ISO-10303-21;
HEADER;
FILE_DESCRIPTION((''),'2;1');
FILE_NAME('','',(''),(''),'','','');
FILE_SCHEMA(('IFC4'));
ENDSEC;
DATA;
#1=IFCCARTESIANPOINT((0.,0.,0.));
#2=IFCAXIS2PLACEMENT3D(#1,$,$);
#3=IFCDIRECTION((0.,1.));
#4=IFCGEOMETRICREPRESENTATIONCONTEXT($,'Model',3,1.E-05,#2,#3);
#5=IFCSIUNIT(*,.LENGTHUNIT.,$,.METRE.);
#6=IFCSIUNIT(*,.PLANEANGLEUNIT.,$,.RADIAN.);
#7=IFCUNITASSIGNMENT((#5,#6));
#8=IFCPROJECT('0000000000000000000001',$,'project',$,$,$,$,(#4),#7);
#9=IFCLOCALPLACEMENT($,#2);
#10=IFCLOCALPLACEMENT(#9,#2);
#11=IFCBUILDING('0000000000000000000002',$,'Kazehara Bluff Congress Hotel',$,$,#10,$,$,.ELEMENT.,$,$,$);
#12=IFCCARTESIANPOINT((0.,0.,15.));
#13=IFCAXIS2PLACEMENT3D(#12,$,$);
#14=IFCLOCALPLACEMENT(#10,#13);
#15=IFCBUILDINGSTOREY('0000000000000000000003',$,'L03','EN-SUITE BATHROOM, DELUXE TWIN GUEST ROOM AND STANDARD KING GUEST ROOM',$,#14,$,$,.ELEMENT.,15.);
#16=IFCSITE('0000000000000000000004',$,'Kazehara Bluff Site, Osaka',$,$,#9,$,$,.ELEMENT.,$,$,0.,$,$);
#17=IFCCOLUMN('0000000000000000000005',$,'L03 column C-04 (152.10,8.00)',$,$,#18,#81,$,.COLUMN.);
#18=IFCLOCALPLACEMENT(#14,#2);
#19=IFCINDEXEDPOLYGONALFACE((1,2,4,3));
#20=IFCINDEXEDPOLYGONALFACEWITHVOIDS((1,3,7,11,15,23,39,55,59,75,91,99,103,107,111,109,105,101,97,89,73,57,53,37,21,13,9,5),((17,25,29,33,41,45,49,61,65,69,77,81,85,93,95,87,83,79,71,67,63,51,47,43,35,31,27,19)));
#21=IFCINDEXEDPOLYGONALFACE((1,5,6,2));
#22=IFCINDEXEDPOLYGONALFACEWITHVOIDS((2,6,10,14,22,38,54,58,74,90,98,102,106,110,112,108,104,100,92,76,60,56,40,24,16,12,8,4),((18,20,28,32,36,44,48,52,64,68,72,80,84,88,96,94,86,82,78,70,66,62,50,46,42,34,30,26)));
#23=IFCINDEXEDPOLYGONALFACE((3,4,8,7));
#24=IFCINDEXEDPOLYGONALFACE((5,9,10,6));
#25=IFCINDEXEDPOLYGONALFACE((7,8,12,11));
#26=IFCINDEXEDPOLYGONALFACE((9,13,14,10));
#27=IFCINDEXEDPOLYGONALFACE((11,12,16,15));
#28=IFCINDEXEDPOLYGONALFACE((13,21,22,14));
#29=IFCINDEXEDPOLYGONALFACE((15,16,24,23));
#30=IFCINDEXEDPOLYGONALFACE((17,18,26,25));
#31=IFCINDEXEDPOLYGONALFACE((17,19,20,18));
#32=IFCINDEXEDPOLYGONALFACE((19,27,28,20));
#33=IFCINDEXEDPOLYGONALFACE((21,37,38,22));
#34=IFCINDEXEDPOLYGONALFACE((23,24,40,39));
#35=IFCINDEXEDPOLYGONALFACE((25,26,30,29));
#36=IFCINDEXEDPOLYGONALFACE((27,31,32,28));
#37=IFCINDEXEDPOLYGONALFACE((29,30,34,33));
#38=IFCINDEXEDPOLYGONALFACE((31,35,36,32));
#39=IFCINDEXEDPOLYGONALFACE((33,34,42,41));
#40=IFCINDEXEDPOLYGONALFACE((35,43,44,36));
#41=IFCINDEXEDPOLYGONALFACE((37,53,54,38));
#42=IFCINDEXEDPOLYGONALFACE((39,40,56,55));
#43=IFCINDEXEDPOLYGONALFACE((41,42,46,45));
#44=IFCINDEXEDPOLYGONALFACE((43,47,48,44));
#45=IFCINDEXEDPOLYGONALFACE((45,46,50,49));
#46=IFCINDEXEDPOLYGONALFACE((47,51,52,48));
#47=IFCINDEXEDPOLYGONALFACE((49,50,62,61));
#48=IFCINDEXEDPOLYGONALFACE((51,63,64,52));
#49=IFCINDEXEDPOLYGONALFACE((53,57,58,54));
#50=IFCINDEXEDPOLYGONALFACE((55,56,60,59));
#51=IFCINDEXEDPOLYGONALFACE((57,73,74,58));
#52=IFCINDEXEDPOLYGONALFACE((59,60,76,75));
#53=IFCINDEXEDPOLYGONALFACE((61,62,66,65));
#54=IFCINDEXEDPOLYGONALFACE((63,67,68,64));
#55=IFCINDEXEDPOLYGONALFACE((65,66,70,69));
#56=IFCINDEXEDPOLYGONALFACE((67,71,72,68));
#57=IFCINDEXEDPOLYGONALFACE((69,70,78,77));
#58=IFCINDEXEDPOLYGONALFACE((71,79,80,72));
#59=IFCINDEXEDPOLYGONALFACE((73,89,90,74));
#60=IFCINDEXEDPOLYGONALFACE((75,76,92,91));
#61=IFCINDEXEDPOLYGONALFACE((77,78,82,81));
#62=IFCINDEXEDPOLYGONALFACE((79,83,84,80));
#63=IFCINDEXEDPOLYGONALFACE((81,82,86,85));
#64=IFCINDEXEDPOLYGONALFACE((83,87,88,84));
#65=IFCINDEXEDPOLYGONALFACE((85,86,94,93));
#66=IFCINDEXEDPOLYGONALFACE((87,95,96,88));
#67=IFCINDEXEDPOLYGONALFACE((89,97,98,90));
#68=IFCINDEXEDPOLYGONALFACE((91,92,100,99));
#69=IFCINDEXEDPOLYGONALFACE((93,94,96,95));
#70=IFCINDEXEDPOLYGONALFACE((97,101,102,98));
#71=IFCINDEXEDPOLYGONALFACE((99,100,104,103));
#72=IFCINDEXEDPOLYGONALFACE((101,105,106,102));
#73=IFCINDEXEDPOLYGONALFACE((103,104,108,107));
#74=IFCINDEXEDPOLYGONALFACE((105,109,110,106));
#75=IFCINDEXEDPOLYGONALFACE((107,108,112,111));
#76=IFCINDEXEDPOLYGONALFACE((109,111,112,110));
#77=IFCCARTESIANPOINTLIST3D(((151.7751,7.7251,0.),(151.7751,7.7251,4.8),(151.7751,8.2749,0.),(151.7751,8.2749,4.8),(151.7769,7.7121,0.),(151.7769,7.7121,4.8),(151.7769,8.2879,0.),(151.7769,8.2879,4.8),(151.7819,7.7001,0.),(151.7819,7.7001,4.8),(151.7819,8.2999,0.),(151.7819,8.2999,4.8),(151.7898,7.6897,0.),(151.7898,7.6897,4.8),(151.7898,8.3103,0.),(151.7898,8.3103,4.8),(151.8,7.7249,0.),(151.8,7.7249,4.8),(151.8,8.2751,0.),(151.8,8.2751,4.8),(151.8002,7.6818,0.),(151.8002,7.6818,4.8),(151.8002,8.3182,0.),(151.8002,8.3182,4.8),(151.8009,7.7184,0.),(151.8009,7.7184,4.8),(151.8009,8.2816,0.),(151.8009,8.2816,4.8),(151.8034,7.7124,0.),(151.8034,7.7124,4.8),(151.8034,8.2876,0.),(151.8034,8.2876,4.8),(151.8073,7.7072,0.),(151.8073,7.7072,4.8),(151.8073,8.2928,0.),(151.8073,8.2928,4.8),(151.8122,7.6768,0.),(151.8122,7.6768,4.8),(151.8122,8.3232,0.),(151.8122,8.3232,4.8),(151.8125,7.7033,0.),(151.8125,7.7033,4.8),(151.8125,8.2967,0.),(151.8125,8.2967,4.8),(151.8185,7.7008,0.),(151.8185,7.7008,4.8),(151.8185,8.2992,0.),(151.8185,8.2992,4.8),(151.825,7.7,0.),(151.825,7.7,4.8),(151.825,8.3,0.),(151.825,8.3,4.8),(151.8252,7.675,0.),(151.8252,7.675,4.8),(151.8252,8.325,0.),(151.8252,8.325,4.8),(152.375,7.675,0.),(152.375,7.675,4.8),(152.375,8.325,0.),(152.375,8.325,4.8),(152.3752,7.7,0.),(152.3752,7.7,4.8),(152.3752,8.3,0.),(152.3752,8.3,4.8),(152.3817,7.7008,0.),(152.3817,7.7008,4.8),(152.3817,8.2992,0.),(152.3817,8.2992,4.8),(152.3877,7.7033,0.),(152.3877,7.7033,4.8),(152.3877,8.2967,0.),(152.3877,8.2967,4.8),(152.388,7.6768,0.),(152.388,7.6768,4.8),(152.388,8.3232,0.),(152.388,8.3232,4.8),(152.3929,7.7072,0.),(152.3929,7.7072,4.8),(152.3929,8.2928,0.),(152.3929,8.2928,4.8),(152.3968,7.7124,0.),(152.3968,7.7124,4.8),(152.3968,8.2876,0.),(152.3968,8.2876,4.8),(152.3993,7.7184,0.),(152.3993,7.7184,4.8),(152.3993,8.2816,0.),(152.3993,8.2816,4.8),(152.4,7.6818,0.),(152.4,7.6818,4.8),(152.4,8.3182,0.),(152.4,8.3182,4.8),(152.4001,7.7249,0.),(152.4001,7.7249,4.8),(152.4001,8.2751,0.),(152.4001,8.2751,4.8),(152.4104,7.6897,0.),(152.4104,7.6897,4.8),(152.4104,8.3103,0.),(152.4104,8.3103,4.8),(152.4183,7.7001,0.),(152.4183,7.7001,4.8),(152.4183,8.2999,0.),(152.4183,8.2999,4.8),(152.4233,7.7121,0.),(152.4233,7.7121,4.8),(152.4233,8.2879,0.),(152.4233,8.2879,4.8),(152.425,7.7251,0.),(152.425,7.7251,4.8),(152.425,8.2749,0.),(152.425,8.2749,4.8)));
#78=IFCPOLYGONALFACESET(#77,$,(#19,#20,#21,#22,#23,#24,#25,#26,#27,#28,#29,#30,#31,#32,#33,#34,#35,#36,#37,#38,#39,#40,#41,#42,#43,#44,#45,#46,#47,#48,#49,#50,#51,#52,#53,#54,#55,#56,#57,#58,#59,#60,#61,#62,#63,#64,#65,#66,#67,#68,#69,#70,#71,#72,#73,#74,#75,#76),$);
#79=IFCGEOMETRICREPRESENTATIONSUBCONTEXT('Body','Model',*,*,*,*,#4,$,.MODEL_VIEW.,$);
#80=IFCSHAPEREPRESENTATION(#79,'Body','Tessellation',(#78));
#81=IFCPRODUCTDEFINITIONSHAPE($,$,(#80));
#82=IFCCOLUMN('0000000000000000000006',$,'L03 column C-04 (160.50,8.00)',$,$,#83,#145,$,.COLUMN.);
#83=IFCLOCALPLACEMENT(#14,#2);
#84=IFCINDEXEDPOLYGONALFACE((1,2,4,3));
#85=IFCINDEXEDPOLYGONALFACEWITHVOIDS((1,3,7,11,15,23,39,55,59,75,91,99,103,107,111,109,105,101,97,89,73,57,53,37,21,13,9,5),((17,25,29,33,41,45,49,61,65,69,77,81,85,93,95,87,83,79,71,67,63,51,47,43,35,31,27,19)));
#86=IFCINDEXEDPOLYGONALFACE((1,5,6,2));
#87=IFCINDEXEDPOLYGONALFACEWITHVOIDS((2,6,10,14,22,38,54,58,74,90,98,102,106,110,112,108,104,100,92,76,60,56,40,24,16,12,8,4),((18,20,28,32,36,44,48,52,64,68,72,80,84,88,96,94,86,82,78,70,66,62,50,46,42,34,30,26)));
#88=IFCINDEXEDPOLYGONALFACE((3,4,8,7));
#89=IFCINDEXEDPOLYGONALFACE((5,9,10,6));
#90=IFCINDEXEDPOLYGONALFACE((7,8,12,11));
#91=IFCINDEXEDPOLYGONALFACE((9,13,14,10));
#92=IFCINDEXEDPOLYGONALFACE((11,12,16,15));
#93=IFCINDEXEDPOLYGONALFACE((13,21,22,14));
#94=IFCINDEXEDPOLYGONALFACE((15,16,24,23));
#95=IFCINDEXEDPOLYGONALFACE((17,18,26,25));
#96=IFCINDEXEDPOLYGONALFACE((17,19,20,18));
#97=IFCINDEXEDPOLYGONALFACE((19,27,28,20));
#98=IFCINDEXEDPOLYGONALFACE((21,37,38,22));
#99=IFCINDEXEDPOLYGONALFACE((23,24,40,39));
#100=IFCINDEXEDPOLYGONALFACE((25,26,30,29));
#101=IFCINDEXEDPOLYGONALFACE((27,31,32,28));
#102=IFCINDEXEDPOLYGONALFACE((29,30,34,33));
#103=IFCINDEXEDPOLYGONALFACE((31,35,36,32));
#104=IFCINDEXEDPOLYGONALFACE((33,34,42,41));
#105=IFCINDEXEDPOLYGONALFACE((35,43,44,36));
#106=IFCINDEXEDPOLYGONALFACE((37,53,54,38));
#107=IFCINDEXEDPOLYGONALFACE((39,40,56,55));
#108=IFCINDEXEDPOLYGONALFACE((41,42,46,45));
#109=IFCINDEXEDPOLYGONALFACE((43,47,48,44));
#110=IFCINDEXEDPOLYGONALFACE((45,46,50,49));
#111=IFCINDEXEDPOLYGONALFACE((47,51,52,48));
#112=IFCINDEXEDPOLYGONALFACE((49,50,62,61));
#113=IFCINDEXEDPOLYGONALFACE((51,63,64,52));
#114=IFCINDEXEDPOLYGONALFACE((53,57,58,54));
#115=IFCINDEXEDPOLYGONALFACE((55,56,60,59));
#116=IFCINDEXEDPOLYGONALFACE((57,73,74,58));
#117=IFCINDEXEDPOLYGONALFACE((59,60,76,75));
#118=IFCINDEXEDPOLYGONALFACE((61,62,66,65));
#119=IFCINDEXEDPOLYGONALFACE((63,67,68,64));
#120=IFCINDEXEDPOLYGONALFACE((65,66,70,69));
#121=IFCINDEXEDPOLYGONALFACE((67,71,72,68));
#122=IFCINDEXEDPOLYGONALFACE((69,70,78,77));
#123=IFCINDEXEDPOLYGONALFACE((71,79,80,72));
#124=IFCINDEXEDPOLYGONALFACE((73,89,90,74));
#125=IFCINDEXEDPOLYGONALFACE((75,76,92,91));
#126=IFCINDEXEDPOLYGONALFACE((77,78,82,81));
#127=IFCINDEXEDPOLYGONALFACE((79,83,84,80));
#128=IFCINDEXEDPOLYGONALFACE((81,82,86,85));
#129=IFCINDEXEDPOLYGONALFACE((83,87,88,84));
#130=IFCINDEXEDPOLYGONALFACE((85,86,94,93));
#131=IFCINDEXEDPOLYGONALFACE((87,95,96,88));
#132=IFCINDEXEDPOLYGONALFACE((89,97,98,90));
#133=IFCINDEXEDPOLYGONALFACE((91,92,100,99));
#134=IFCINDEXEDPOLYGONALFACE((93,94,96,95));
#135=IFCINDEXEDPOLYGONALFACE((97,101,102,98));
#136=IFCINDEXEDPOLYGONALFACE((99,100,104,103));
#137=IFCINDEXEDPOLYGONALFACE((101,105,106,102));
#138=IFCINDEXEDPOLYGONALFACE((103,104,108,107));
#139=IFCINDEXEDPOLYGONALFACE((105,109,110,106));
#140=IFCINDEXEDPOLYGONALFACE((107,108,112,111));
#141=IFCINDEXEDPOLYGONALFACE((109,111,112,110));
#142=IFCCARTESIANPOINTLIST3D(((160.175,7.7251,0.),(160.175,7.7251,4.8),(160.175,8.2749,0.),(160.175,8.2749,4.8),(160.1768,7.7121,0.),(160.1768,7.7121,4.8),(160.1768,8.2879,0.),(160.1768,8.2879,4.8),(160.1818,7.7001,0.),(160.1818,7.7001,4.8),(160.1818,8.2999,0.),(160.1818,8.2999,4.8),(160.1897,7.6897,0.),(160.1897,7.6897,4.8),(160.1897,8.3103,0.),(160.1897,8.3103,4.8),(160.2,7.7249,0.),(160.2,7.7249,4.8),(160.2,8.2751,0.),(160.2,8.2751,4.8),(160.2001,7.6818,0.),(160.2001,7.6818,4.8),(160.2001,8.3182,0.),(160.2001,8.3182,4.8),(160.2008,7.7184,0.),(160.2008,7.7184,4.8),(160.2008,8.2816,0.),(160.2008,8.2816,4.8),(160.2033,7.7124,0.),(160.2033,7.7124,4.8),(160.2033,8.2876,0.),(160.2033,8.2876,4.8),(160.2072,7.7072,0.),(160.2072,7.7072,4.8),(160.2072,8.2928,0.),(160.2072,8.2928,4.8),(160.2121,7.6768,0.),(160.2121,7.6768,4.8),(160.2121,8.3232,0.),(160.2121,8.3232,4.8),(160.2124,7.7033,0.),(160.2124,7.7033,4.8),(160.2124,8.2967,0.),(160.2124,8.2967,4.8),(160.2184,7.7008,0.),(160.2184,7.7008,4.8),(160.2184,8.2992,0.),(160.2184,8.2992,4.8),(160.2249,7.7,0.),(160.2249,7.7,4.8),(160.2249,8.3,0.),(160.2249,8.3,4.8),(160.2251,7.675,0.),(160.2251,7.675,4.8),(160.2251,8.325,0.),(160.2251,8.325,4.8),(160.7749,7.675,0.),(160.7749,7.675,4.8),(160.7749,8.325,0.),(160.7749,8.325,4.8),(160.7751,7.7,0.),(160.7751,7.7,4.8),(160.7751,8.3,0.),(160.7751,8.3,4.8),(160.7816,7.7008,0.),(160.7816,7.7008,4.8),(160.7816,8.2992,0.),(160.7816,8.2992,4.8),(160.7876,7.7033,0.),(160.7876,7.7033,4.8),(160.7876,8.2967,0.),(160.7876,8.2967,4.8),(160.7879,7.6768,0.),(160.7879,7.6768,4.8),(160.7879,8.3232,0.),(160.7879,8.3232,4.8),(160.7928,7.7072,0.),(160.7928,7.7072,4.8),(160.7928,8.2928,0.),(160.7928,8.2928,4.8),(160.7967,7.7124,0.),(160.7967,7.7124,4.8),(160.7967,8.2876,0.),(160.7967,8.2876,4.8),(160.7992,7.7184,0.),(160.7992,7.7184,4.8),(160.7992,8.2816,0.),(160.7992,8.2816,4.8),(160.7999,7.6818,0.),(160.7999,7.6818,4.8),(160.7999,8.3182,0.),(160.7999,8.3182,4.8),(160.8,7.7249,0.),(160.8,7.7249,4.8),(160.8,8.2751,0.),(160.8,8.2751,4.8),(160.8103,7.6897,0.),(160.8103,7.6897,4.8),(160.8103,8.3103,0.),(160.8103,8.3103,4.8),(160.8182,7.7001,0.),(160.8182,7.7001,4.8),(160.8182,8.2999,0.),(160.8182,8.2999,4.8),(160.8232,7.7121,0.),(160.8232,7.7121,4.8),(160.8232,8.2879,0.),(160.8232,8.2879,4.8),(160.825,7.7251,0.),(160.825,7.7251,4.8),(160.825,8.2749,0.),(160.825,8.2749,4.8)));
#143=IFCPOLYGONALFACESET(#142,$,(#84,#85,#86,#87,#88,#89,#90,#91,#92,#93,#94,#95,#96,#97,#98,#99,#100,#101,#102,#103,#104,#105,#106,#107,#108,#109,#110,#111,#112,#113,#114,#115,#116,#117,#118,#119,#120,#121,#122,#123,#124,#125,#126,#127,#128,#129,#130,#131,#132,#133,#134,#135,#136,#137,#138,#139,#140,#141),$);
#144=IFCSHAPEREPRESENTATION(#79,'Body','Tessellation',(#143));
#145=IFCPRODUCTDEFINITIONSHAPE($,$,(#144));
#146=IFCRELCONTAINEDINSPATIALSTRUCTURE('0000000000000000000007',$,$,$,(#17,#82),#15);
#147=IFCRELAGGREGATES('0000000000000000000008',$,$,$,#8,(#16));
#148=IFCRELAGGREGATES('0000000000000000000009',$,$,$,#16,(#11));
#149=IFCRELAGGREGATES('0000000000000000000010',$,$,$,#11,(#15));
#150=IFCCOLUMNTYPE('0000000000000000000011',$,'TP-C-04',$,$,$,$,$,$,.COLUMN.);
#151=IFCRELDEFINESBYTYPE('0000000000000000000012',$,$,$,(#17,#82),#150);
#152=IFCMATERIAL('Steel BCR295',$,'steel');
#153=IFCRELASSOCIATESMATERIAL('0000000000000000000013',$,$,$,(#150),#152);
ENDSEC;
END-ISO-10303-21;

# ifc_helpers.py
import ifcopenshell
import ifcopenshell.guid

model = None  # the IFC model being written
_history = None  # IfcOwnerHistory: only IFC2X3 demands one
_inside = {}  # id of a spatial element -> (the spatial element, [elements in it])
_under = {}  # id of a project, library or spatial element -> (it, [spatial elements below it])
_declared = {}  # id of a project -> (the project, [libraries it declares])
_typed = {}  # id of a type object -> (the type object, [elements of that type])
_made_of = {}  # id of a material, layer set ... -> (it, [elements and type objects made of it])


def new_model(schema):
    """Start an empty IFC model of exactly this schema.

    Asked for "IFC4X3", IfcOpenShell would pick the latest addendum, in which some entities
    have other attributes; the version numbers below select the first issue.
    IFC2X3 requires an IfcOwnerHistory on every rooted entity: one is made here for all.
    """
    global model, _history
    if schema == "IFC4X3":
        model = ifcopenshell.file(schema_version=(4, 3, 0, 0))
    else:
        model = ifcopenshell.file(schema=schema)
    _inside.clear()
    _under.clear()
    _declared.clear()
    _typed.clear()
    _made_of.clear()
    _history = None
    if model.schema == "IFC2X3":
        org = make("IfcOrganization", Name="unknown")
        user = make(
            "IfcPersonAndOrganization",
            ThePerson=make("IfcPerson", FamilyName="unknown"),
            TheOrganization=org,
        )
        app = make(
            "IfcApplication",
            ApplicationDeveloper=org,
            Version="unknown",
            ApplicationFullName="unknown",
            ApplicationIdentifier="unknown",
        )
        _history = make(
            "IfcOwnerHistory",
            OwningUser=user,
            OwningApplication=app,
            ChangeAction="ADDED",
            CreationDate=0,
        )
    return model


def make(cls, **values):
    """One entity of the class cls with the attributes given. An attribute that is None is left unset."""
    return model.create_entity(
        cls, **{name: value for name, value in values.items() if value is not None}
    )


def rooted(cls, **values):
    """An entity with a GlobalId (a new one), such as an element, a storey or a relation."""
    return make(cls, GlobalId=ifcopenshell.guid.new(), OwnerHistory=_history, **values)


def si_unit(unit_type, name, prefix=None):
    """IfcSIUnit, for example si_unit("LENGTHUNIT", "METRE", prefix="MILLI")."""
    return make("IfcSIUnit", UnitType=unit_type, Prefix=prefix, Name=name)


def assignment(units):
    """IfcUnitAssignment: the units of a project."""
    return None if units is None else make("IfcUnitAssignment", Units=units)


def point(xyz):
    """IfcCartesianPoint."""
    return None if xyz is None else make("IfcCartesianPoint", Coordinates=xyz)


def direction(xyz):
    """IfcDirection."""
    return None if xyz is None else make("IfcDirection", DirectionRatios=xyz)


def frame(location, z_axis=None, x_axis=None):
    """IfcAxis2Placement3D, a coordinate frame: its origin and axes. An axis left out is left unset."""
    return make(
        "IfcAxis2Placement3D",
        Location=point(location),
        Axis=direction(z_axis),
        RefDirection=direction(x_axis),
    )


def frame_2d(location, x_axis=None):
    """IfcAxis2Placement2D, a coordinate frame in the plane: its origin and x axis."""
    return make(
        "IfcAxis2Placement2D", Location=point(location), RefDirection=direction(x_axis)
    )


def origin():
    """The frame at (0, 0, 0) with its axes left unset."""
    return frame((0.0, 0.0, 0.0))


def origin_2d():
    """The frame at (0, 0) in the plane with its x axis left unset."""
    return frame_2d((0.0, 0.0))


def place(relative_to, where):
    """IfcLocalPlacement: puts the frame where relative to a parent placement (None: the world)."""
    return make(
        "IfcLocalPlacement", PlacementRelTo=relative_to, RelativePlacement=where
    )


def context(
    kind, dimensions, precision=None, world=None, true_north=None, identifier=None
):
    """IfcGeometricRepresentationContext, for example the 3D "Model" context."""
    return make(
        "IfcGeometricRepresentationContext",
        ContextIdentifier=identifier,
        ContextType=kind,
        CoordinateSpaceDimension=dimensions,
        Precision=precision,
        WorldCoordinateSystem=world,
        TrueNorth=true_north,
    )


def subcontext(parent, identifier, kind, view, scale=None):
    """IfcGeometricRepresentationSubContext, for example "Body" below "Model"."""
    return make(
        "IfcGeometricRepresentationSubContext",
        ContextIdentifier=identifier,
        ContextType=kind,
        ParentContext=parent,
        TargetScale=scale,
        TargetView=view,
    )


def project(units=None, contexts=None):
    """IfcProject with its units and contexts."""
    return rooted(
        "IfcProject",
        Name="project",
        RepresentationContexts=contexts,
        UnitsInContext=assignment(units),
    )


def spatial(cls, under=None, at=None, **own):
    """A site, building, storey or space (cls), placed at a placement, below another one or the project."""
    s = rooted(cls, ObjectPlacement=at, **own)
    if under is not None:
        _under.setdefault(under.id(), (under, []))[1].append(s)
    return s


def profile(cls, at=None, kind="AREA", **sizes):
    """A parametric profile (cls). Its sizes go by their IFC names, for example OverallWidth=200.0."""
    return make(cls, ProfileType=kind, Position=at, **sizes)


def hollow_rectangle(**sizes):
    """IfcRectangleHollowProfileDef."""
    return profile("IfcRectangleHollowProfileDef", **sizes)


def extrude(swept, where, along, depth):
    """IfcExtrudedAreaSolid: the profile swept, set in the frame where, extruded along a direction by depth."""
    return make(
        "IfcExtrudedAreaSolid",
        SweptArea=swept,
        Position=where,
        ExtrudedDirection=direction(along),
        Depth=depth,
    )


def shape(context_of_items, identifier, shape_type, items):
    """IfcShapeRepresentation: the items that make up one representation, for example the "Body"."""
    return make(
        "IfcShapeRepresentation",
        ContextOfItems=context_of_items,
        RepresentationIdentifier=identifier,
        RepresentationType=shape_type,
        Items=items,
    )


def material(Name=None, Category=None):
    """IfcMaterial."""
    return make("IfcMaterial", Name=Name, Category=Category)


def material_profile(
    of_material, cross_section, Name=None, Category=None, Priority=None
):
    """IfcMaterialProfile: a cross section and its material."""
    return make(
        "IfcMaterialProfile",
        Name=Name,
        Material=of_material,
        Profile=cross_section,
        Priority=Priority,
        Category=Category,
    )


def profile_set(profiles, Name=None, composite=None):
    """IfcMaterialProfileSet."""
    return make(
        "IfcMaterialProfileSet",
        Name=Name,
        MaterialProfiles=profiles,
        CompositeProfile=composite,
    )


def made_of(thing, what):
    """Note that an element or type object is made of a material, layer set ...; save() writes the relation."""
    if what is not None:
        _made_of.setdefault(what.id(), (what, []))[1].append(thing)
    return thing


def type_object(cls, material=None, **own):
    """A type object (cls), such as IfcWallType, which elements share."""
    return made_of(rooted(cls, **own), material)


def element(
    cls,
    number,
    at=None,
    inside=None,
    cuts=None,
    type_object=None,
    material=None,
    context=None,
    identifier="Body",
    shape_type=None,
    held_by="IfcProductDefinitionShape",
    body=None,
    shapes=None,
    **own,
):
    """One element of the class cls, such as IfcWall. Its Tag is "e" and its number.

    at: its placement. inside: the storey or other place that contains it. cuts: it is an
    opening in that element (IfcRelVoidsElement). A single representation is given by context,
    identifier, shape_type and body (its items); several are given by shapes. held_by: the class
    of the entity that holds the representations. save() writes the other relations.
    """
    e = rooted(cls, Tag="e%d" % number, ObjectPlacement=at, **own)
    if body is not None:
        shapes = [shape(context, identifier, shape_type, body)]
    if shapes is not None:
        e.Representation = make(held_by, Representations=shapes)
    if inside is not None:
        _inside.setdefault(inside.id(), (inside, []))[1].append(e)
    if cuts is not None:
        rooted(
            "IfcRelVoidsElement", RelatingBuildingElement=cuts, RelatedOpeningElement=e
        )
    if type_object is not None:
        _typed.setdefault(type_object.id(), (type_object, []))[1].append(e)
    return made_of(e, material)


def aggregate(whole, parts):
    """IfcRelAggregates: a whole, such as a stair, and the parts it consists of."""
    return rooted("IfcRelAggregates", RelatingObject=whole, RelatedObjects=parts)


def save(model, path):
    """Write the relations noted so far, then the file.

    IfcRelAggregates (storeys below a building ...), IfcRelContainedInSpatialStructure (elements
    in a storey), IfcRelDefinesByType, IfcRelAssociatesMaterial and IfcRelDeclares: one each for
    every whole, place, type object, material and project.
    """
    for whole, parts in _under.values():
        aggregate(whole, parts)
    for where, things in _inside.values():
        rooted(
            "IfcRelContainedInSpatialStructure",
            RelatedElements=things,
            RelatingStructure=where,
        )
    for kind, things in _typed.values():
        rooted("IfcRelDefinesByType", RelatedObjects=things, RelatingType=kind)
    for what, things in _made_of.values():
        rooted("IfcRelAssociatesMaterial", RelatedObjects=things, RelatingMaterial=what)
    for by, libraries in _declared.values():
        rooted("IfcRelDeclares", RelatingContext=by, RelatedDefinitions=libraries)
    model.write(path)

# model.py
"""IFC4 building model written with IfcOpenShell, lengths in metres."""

from ifc_helpers import new_model, si_unit, direction, frame, origin, origin_2d, place, context, subcontext, project, spatial, hollow_rectangle, extrude, material, material_profile, profile_set, type_object, element, save


model = new_model("IFC4")

# Units and contexts
model_context = context("Model", 3, precision=1e-05, world=origin(), true_north=direction((0.0, 1.0)))
body_context = subcontext(model_context, "Body", "Model", "MODEL_VIEW")
ifc_project = project(units=[si_unit("LENGTHUNIT", "METRE"), si_unit("PLANEANGLEUNIT", "RADIAN")], contexts=[model_context])

# Site, building, storey
site_placement = place(None, origin())
site = spatial("IfcSite", under=ifc_project, at=site_placement, Name="Kazehara Bluff Site, Osaka", CompositionType="ELEMENT", RefElevation=0.0)
building_placement = place(site_placement, origin())
building = spatial("IfcBuilding", under=site, at=building_placement, Name="Kazehara Bluff Congress Hotel", CompositionType="ELEMENT")
storey_placement = place(building_placement, frame((0.0, 0.0, 15.0)))
storey = spatial("IfcBuildingStorey", under=building, at=storey_placement, Name="L03", Description="EN-SUITE BATHROOM, DELUXE TWIN GUEST ROOM AND STANDARD KING GUEST ROOM", CompositionType="ELEMENT", Elevation=15.0)

# Columns
ifc_material_1 = material(Name="Steel BCR295", Category="steel")
ifc_material_profile_1 = material_profile(ifc_material_1, hollow_rectangle(XDim=0.6499, YDim=0.6499, WallThickness=0.0249, InnerFilletRadius=0.0249, OuterFilletRadius=0.05, at=origin_2d()))
ifc_profile_set_1 = profile_set([ifc_material_profile_1], Name="Steel BCR295")
column_type = type_object("IfcColumnType", Name="TP-C-04", PredefinedType="COLUMN", material=ifc_profile_set_1)
for number, where, z_axis, x_axis, name in (
    (1, (152.1001, 8.0, 0.0), (0.0, 0.0, 1.0), (1.0, 0.0, 0.0), "L03 column C-04 (152.10,8.00)"),
    (2, (160.5, 8.0, 0.0), (0.0, 0.0, 1.0), (1.0, 0.0, 0.0), "L03 column C-04 (160.50,8.00)"),
):
    element("IfcColumn", number, at=place(storey_placement, frame(where, z_axis=z_axis, x_axis=x_axis)), inside=storey, type_object=column_type, Name=name, PredefinedType="COLUMN", context=body_context, shape_type="SweptSolid", body=[
        extrude(hollow_rectangle(XDim=0.6499, YDim=0.6499, WallThickness=0.0249, InnerFilletRadius=0.0249, OuterFilletRadius=0.05, at=origin_2d()), origin(), (0.0, 0.0, 1.0), 4.8),
    ])

save(model, "model.ifc")
